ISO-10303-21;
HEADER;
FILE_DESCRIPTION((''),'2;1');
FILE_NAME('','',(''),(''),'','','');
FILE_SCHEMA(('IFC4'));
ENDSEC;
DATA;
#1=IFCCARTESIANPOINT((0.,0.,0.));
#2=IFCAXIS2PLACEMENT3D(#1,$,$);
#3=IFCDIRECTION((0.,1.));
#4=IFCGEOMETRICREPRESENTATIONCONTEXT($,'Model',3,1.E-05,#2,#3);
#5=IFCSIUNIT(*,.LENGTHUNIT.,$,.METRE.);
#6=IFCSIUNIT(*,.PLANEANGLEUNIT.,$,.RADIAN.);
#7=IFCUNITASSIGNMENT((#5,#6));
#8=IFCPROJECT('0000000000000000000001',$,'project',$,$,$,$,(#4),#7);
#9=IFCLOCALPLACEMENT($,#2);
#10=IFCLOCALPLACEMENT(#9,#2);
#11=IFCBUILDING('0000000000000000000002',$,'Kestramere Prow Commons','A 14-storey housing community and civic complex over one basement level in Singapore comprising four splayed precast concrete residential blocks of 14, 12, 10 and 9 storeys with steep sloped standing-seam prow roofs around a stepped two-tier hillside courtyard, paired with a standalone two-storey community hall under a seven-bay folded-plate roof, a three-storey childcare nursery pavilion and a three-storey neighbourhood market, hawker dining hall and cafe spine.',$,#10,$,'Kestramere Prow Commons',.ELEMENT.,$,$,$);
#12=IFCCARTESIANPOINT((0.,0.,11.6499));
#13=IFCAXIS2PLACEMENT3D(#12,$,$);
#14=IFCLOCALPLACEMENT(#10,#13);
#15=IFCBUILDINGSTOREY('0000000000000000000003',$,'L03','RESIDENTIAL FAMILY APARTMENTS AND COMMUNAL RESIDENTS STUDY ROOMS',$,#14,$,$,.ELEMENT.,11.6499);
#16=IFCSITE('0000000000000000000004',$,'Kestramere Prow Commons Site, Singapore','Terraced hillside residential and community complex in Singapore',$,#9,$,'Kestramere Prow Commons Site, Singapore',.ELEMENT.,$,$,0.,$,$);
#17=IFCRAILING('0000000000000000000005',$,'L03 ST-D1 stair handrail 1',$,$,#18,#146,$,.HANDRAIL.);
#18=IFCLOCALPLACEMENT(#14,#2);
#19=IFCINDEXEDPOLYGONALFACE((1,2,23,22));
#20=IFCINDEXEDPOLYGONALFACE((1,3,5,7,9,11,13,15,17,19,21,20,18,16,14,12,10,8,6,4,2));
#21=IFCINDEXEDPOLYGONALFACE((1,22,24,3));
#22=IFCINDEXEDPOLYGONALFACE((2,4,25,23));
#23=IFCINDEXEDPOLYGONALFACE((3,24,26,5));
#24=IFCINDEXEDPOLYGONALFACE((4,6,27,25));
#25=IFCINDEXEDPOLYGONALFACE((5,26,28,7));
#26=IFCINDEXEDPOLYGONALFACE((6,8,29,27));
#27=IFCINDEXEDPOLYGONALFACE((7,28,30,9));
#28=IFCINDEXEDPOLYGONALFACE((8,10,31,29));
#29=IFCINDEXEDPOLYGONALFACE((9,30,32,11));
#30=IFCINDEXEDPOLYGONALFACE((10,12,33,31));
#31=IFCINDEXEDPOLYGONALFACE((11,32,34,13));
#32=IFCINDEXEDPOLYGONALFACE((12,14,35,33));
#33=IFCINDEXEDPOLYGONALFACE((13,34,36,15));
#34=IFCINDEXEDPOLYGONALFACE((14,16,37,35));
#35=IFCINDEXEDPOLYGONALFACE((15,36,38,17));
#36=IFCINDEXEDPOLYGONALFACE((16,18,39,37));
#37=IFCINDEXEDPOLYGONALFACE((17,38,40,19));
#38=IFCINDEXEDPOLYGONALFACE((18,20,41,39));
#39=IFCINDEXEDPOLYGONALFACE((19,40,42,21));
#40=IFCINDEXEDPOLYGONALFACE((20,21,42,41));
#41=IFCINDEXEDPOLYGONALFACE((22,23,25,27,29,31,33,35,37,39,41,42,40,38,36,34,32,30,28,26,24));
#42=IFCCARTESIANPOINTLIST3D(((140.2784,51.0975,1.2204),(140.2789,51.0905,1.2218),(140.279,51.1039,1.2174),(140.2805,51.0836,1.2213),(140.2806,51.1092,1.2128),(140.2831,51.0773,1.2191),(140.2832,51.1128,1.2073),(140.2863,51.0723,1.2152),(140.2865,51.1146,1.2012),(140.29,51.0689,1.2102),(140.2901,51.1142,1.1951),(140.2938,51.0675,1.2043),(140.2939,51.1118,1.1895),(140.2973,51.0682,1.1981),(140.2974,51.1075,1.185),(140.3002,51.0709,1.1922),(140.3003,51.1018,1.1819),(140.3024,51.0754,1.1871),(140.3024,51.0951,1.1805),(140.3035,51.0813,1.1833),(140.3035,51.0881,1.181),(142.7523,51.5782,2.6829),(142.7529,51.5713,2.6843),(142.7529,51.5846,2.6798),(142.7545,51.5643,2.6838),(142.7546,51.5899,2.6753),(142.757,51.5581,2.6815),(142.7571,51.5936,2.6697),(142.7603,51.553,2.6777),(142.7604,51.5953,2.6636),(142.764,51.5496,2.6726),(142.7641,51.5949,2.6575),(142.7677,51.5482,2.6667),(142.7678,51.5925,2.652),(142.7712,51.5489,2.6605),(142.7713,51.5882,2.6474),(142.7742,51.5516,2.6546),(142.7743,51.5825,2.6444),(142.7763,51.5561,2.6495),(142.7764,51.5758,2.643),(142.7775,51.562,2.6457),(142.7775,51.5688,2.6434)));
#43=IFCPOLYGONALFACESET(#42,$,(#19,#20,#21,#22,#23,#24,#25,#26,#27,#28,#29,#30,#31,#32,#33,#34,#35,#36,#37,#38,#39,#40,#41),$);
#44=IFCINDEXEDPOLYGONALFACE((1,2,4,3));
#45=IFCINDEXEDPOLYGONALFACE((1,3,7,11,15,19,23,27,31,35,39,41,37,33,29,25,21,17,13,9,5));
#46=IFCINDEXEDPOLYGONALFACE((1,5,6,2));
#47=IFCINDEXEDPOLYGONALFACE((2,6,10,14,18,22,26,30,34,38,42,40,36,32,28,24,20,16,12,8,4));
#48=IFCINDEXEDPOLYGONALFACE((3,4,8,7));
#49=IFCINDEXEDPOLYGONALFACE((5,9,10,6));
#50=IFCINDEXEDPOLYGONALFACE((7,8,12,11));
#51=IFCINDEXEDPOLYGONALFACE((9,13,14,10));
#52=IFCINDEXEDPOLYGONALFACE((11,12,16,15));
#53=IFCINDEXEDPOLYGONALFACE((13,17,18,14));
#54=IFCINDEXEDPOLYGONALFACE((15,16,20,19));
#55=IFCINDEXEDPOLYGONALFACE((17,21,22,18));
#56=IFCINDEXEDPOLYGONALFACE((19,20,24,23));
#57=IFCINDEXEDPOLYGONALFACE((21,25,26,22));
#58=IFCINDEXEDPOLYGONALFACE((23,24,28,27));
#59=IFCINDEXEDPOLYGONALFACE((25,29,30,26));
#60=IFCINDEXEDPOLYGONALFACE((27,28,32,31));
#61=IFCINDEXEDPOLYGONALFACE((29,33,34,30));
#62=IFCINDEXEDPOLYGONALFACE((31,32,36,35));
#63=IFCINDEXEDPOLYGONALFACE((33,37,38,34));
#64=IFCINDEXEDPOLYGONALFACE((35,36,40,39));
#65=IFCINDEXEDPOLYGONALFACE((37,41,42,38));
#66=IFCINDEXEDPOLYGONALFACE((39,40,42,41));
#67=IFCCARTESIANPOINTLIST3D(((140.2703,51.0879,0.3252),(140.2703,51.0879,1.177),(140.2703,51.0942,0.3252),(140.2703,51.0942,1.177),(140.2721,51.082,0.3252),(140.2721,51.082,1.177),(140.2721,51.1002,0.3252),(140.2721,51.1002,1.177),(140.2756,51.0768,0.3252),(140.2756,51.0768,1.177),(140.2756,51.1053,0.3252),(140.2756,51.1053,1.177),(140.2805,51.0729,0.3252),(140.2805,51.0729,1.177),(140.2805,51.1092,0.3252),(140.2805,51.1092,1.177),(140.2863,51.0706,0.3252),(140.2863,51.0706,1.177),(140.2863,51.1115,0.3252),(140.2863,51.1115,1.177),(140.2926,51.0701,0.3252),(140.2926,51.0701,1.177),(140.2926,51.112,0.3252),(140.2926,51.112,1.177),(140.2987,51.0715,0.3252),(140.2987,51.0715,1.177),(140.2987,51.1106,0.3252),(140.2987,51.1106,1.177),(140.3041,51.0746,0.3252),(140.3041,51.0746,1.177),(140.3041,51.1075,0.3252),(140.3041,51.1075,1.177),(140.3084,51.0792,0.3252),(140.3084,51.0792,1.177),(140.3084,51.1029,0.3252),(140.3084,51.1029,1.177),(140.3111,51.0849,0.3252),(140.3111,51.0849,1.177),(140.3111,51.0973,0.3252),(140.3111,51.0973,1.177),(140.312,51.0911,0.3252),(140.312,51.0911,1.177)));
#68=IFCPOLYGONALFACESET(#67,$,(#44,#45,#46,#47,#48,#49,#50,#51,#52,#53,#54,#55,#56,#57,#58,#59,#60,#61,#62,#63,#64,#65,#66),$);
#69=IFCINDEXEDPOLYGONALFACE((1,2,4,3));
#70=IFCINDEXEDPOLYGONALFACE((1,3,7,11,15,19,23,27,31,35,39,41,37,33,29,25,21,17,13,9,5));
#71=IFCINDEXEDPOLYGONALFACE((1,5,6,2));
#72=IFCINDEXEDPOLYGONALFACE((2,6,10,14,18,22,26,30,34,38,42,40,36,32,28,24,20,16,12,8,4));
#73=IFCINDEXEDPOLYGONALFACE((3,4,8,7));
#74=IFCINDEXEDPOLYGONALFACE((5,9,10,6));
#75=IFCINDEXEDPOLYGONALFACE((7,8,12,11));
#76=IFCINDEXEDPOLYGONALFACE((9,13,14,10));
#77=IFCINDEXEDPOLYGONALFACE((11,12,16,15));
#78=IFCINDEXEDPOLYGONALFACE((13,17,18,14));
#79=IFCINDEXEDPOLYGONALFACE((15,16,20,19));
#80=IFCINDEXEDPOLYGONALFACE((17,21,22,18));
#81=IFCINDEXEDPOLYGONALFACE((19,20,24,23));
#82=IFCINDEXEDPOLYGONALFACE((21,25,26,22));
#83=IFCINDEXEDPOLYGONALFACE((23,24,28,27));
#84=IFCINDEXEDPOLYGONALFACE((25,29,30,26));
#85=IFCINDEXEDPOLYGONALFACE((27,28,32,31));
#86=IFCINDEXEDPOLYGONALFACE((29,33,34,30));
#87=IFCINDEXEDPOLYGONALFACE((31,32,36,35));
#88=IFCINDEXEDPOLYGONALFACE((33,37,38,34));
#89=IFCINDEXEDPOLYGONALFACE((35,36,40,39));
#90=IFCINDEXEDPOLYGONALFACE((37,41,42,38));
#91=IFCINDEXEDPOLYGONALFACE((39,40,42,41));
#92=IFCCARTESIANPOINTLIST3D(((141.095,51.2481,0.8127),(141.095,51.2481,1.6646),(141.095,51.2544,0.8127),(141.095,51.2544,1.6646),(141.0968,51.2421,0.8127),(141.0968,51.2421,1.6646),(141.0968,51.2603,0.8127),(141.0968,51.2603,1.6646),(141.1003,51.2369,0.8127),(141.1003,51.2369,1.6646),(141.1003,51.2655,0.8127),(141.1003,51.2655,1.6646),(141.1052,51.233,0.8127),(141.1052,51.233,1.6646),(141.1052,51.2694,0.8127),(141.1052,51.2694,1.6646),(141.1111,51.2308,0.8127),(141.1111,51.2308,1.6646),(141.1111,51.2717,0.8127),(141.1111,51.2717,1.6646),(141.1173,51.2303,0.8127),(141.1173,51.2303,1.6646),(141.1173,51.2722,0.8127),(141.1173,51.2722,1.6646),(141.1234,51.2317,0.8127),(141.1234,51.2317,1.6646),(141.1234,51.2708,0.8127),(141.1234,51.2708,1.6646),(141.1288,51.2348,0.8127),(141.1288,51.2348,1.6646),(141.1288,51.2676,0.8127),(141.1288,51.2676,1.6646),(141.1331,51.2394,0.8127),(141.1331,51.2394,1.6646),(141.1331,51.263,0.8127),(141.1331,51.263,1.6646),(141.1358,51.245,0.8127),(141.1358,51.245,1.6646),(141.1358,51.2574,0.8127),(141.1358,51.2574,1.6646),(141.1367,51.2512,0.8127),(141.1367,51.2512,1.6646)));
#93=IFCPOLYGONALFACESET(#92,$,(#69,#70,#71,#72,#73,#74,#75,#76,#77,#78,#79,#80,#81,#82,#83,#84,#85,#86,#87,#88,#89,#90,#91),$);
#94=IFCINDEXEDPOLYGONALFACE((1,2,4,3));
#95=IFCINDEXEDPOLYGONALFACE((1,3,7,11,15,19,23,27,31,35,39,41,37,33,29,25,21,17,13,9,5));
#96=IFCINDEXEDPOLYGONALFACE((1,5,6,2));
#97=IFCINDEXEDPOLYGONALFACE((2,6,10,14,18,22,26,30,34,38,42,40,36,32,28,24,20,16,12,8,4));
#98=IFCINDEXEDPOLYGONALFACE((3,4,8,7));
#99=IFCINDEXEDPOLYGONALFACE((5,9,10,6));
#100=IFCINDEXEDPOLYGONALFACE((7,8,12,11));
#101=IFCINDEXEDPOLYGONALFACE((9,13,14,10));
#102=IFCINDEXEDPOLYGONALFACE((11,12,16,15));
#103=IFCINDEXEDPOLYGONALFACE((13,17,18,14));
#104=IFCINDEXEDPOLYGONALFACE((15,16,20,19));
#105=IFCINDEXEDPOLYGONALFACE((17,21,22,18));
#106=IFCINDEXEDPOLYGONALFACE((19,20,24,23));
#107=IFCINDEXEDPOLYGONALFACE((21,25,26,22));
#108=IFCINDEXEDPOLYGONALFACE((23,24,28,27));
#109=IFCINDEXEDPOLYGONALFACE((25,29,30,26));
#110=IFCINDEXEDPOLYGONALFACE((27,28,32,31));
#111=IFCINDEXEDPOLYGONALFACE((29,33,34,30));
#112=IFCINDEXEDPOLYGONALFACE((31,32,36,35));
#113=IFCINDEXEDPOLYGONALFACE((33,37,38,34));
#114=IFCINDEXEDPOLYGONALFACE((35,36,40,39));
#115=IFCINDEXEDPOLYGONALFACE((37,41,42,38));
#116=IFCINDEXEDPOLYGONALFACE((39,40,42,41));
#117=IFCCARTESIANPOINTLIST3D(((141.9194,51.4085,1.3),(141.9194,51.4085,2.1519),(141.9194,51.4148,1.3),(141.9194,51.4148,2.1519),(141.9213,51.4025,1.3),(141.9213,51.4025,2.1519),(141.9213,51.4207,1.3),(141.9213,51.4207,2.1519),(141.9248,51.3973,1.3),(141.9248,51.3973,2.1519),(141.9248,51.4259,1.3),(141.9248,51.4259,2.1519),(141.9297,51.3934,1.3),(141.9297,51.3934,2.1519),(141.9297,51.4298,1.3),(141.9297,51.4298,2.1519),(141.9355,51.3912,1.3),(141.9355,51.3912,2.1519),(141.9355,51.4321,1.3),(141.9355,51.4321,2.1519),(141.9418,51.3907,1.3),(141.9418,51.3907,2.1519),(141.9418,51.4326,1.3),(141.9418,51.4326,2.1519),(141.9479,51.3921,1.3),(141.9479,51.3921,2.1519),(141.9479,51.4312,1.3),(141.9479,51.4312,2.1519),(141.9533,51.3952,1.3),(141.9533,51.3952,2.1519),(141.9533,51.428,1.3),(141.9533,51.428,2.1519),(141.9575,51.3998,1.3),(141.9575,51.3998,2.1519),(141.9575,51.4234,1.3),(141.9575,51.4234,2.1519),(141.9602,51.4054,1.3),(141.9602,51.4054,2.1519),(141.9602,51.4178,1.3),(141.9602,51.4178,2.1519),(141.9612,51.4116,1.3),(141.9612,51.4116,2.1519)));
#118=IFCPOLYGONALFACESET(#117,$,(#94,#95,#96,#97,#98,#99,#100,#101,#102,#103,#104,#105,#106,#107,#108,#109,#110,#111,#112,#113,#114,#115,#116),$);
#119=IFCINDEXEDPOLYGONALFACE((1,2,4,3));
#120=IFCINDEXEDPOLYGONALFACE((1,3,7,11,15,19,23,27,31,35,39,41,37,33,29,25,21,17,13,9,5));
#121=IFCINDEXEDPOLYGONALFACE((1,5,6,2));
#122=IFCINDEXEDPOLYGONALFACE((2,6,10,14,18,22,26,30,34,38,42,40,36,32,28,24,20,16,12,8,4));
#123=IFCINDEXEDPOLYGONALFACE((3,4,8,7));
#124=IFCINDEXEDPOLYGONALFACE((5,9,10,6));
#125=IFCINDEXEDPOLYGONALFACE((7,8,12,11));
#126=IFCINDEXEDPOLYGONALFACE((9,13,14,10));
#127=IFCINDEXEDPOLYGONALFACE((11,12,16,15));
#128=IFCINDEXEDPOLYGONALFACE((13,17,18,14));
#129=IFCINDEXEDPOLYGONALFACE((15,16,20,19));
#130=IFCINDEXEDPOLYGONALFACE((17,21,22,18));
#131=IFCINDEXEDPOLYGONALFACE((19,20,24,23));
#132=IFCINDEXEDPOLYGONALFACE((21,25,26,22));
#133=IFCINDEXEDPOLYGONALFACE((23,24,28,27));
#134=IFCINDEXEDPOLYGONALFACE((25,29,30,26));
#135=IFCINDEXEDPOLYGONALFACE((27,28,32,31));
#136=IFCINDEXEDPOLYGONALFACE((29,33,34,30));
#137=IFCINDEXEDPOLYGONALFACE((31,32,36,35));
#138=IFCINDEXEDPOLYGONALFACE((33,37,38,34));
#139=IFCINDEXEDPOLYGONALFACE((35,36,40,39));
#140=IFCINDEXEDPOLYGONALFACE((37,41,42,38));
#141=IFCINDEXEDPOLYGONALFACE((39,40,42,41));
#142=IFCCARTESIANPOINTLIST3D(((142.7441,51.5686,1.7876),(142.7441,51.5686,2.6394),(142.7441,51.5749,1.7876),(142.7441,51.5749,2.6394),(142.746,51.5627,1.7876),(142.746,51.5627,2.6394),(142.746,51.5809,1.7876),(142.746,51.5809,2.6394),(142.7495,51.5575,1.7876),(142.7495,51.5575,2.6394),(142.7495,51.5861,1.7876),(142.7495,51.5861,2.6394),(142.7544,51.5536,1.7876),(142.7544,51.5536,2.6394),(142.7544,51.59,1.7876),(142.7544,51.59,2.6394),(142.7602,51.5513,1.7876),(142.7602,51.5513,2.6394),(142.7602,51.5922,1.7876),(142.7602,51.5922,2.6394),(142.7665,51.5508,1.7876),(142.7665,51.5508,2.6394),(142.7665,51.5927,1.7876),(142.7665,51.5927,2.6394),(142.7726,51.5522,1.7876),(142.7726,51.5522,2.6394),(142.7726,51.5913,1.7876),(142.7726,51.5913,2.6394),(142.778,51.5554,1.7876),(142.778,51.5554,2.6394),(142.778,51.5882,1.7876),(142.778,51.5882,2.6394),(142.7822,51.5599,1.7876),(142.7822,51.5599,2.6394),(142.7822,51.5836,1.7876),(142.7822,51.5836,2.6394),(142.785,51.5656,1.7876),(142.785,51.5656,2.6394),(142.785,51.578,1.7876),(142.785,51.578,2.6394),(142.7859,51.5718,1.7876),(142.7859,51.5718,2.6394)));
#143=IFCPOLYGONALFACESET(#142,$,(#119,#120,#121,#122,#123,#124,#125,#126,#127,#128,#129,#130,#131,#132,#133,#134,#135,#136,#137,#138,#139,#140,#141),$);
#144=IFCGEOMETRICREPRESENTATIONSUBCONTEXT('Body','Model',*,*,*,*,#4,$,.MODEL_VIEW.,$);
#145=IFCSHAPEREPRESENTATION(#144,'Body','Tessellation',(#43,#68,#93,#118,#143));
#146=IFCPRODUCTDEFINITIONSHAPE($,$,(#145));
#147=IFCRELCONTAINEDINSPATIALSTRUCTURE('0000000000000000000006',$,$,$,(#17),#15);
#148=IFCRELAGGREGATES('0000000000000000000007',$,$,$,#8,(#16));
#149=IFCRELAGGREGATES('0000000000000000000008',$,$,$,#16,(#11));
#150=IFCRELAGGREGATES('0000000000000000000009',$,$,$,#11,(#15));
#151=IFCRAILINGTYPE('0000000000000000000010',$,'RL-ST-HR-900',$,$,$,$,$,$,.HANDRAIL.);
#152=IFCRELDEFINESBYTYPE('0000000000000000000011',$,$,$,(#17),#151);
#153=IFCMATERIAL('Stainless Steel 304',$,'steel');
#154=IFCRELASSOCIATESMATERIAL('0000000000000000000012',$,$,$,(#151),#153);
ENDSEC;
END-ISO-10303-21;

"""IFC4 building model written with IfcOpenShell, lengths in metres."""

from ifc_helpers import new_model, si_unit, direction, frame, origin, origin_2d, place, context, subcontext, project, spatial, circle, extrude, material, type_object, element, save


model = new_model("IFC4")

# Units and contexts
model_context = context("Model", 3, precision=1e-05, world=origin(), true_north=direction((0.0, 1.0)))
body_context = subcontext(model_context, "Body", "Model", "MODEL_VIEW")
ifc_project = project(units=[si_unit("LENGTHUNIT", "METRE"), si_unit("PLANEANGLEUNIT", "RADIAN")], contexts=[model_context])

# Site, building, storey
site_placement = place(None, origin())
site = spatial("IfcSite", under=ifc_project, at=site_placement, Name="Kestramere Prow Commons Site, Singapore", Description="Terraced hillside residential and community complex in Singapore", LongName="Kestramere Prow Commons Site, Singapore", CompositionType="ELEMENT", RefElevation=0.0)
building_placement = place(site_placement, origin())
building = spatial("IfcBuilding", under=site, at=building_placement, Name="Kestramere Prow Commons", Description="A 14-storey housing community and civic complex over one basement level in Singapore comprising four splayed precast concrete residential blocks of 14, 12, 10 and 9 storeys with steep sloped standing-seam prow roofs around a stepped two-tier hillside courtyard, paired with a standalone two-storey community hall under a seven-bay folded-plate roof, a three-storey childcare nursery pavilion and a three-storey neighbourhood market, hawker dining hall and cafe spine.", LongName="Kestramere Prow Commons", CompositionType="ELEMENT")
storey_placement = place(building_placement, frame((0.0, 0.0, 11.6499)))
storey = spatial("IfcBuildingStorey", under=building, at=storey_placement, Name="L03", Description="RESIDENTIAL FAMILY APARTMENTS AND COMMUNAL RESIDENTS STUDY ROOMS", CompositionType="ELEMENT", Elevation=11.6499)

# Railing
ifc_material_1 = material(Name="Stainless Steel 304", Category="steel")
railing_type_1 = type_object("IfcRailingType", Name="RL-ST-HR-900", PredefinedType="HANDRAIL", material=ifc_material_1)
railing_1_placement = place(storey_placement, frame((140.291, 51.0911, 0.3252)))
element("IfcRailing", 1, at=railing_1_placement, inside=storey, type_object=railing_type_1, Name="L03 ST-D1 stair handrail 1", PredefinedType="HANDRAIL", context=body_context, shape_type="SweptSolid", body=[
    extrude(circle(Radius=0.0239, at=origin_2d()), frame((0.0, 0.0, 0.876), z_axis=(0.849044, 0.164982, 0.501902), x_axis=(-0.190748, 0.981639, 0.0)), (0.0, 0.0, 1.0), 2.9138),
    extrude(circle(Radius=0.021, at=origin_2d()), origin(), (0.0, 0.0, 1.0), 0.8518),
    extrude(circle(Radius=0.021, at=origin_2d()), frame((0.8247, 0.1602, 0.4875)), (0.0, 0.0, 1.0), 0.8518),
    extrude(circle(Radius=0.021, at=origin_2d()), frame((1.6492, 0.3206, 0.9749)), (0.0, 0.0, 1.0), 0.8518),
    extrude(circle(Radius=0.021, at=origin_2d()), frame((2.4739, 0.4807, 1.4624)), (0.0, 0.0, 1.0), 0.8518),
])

save(model, "model.ifc")
